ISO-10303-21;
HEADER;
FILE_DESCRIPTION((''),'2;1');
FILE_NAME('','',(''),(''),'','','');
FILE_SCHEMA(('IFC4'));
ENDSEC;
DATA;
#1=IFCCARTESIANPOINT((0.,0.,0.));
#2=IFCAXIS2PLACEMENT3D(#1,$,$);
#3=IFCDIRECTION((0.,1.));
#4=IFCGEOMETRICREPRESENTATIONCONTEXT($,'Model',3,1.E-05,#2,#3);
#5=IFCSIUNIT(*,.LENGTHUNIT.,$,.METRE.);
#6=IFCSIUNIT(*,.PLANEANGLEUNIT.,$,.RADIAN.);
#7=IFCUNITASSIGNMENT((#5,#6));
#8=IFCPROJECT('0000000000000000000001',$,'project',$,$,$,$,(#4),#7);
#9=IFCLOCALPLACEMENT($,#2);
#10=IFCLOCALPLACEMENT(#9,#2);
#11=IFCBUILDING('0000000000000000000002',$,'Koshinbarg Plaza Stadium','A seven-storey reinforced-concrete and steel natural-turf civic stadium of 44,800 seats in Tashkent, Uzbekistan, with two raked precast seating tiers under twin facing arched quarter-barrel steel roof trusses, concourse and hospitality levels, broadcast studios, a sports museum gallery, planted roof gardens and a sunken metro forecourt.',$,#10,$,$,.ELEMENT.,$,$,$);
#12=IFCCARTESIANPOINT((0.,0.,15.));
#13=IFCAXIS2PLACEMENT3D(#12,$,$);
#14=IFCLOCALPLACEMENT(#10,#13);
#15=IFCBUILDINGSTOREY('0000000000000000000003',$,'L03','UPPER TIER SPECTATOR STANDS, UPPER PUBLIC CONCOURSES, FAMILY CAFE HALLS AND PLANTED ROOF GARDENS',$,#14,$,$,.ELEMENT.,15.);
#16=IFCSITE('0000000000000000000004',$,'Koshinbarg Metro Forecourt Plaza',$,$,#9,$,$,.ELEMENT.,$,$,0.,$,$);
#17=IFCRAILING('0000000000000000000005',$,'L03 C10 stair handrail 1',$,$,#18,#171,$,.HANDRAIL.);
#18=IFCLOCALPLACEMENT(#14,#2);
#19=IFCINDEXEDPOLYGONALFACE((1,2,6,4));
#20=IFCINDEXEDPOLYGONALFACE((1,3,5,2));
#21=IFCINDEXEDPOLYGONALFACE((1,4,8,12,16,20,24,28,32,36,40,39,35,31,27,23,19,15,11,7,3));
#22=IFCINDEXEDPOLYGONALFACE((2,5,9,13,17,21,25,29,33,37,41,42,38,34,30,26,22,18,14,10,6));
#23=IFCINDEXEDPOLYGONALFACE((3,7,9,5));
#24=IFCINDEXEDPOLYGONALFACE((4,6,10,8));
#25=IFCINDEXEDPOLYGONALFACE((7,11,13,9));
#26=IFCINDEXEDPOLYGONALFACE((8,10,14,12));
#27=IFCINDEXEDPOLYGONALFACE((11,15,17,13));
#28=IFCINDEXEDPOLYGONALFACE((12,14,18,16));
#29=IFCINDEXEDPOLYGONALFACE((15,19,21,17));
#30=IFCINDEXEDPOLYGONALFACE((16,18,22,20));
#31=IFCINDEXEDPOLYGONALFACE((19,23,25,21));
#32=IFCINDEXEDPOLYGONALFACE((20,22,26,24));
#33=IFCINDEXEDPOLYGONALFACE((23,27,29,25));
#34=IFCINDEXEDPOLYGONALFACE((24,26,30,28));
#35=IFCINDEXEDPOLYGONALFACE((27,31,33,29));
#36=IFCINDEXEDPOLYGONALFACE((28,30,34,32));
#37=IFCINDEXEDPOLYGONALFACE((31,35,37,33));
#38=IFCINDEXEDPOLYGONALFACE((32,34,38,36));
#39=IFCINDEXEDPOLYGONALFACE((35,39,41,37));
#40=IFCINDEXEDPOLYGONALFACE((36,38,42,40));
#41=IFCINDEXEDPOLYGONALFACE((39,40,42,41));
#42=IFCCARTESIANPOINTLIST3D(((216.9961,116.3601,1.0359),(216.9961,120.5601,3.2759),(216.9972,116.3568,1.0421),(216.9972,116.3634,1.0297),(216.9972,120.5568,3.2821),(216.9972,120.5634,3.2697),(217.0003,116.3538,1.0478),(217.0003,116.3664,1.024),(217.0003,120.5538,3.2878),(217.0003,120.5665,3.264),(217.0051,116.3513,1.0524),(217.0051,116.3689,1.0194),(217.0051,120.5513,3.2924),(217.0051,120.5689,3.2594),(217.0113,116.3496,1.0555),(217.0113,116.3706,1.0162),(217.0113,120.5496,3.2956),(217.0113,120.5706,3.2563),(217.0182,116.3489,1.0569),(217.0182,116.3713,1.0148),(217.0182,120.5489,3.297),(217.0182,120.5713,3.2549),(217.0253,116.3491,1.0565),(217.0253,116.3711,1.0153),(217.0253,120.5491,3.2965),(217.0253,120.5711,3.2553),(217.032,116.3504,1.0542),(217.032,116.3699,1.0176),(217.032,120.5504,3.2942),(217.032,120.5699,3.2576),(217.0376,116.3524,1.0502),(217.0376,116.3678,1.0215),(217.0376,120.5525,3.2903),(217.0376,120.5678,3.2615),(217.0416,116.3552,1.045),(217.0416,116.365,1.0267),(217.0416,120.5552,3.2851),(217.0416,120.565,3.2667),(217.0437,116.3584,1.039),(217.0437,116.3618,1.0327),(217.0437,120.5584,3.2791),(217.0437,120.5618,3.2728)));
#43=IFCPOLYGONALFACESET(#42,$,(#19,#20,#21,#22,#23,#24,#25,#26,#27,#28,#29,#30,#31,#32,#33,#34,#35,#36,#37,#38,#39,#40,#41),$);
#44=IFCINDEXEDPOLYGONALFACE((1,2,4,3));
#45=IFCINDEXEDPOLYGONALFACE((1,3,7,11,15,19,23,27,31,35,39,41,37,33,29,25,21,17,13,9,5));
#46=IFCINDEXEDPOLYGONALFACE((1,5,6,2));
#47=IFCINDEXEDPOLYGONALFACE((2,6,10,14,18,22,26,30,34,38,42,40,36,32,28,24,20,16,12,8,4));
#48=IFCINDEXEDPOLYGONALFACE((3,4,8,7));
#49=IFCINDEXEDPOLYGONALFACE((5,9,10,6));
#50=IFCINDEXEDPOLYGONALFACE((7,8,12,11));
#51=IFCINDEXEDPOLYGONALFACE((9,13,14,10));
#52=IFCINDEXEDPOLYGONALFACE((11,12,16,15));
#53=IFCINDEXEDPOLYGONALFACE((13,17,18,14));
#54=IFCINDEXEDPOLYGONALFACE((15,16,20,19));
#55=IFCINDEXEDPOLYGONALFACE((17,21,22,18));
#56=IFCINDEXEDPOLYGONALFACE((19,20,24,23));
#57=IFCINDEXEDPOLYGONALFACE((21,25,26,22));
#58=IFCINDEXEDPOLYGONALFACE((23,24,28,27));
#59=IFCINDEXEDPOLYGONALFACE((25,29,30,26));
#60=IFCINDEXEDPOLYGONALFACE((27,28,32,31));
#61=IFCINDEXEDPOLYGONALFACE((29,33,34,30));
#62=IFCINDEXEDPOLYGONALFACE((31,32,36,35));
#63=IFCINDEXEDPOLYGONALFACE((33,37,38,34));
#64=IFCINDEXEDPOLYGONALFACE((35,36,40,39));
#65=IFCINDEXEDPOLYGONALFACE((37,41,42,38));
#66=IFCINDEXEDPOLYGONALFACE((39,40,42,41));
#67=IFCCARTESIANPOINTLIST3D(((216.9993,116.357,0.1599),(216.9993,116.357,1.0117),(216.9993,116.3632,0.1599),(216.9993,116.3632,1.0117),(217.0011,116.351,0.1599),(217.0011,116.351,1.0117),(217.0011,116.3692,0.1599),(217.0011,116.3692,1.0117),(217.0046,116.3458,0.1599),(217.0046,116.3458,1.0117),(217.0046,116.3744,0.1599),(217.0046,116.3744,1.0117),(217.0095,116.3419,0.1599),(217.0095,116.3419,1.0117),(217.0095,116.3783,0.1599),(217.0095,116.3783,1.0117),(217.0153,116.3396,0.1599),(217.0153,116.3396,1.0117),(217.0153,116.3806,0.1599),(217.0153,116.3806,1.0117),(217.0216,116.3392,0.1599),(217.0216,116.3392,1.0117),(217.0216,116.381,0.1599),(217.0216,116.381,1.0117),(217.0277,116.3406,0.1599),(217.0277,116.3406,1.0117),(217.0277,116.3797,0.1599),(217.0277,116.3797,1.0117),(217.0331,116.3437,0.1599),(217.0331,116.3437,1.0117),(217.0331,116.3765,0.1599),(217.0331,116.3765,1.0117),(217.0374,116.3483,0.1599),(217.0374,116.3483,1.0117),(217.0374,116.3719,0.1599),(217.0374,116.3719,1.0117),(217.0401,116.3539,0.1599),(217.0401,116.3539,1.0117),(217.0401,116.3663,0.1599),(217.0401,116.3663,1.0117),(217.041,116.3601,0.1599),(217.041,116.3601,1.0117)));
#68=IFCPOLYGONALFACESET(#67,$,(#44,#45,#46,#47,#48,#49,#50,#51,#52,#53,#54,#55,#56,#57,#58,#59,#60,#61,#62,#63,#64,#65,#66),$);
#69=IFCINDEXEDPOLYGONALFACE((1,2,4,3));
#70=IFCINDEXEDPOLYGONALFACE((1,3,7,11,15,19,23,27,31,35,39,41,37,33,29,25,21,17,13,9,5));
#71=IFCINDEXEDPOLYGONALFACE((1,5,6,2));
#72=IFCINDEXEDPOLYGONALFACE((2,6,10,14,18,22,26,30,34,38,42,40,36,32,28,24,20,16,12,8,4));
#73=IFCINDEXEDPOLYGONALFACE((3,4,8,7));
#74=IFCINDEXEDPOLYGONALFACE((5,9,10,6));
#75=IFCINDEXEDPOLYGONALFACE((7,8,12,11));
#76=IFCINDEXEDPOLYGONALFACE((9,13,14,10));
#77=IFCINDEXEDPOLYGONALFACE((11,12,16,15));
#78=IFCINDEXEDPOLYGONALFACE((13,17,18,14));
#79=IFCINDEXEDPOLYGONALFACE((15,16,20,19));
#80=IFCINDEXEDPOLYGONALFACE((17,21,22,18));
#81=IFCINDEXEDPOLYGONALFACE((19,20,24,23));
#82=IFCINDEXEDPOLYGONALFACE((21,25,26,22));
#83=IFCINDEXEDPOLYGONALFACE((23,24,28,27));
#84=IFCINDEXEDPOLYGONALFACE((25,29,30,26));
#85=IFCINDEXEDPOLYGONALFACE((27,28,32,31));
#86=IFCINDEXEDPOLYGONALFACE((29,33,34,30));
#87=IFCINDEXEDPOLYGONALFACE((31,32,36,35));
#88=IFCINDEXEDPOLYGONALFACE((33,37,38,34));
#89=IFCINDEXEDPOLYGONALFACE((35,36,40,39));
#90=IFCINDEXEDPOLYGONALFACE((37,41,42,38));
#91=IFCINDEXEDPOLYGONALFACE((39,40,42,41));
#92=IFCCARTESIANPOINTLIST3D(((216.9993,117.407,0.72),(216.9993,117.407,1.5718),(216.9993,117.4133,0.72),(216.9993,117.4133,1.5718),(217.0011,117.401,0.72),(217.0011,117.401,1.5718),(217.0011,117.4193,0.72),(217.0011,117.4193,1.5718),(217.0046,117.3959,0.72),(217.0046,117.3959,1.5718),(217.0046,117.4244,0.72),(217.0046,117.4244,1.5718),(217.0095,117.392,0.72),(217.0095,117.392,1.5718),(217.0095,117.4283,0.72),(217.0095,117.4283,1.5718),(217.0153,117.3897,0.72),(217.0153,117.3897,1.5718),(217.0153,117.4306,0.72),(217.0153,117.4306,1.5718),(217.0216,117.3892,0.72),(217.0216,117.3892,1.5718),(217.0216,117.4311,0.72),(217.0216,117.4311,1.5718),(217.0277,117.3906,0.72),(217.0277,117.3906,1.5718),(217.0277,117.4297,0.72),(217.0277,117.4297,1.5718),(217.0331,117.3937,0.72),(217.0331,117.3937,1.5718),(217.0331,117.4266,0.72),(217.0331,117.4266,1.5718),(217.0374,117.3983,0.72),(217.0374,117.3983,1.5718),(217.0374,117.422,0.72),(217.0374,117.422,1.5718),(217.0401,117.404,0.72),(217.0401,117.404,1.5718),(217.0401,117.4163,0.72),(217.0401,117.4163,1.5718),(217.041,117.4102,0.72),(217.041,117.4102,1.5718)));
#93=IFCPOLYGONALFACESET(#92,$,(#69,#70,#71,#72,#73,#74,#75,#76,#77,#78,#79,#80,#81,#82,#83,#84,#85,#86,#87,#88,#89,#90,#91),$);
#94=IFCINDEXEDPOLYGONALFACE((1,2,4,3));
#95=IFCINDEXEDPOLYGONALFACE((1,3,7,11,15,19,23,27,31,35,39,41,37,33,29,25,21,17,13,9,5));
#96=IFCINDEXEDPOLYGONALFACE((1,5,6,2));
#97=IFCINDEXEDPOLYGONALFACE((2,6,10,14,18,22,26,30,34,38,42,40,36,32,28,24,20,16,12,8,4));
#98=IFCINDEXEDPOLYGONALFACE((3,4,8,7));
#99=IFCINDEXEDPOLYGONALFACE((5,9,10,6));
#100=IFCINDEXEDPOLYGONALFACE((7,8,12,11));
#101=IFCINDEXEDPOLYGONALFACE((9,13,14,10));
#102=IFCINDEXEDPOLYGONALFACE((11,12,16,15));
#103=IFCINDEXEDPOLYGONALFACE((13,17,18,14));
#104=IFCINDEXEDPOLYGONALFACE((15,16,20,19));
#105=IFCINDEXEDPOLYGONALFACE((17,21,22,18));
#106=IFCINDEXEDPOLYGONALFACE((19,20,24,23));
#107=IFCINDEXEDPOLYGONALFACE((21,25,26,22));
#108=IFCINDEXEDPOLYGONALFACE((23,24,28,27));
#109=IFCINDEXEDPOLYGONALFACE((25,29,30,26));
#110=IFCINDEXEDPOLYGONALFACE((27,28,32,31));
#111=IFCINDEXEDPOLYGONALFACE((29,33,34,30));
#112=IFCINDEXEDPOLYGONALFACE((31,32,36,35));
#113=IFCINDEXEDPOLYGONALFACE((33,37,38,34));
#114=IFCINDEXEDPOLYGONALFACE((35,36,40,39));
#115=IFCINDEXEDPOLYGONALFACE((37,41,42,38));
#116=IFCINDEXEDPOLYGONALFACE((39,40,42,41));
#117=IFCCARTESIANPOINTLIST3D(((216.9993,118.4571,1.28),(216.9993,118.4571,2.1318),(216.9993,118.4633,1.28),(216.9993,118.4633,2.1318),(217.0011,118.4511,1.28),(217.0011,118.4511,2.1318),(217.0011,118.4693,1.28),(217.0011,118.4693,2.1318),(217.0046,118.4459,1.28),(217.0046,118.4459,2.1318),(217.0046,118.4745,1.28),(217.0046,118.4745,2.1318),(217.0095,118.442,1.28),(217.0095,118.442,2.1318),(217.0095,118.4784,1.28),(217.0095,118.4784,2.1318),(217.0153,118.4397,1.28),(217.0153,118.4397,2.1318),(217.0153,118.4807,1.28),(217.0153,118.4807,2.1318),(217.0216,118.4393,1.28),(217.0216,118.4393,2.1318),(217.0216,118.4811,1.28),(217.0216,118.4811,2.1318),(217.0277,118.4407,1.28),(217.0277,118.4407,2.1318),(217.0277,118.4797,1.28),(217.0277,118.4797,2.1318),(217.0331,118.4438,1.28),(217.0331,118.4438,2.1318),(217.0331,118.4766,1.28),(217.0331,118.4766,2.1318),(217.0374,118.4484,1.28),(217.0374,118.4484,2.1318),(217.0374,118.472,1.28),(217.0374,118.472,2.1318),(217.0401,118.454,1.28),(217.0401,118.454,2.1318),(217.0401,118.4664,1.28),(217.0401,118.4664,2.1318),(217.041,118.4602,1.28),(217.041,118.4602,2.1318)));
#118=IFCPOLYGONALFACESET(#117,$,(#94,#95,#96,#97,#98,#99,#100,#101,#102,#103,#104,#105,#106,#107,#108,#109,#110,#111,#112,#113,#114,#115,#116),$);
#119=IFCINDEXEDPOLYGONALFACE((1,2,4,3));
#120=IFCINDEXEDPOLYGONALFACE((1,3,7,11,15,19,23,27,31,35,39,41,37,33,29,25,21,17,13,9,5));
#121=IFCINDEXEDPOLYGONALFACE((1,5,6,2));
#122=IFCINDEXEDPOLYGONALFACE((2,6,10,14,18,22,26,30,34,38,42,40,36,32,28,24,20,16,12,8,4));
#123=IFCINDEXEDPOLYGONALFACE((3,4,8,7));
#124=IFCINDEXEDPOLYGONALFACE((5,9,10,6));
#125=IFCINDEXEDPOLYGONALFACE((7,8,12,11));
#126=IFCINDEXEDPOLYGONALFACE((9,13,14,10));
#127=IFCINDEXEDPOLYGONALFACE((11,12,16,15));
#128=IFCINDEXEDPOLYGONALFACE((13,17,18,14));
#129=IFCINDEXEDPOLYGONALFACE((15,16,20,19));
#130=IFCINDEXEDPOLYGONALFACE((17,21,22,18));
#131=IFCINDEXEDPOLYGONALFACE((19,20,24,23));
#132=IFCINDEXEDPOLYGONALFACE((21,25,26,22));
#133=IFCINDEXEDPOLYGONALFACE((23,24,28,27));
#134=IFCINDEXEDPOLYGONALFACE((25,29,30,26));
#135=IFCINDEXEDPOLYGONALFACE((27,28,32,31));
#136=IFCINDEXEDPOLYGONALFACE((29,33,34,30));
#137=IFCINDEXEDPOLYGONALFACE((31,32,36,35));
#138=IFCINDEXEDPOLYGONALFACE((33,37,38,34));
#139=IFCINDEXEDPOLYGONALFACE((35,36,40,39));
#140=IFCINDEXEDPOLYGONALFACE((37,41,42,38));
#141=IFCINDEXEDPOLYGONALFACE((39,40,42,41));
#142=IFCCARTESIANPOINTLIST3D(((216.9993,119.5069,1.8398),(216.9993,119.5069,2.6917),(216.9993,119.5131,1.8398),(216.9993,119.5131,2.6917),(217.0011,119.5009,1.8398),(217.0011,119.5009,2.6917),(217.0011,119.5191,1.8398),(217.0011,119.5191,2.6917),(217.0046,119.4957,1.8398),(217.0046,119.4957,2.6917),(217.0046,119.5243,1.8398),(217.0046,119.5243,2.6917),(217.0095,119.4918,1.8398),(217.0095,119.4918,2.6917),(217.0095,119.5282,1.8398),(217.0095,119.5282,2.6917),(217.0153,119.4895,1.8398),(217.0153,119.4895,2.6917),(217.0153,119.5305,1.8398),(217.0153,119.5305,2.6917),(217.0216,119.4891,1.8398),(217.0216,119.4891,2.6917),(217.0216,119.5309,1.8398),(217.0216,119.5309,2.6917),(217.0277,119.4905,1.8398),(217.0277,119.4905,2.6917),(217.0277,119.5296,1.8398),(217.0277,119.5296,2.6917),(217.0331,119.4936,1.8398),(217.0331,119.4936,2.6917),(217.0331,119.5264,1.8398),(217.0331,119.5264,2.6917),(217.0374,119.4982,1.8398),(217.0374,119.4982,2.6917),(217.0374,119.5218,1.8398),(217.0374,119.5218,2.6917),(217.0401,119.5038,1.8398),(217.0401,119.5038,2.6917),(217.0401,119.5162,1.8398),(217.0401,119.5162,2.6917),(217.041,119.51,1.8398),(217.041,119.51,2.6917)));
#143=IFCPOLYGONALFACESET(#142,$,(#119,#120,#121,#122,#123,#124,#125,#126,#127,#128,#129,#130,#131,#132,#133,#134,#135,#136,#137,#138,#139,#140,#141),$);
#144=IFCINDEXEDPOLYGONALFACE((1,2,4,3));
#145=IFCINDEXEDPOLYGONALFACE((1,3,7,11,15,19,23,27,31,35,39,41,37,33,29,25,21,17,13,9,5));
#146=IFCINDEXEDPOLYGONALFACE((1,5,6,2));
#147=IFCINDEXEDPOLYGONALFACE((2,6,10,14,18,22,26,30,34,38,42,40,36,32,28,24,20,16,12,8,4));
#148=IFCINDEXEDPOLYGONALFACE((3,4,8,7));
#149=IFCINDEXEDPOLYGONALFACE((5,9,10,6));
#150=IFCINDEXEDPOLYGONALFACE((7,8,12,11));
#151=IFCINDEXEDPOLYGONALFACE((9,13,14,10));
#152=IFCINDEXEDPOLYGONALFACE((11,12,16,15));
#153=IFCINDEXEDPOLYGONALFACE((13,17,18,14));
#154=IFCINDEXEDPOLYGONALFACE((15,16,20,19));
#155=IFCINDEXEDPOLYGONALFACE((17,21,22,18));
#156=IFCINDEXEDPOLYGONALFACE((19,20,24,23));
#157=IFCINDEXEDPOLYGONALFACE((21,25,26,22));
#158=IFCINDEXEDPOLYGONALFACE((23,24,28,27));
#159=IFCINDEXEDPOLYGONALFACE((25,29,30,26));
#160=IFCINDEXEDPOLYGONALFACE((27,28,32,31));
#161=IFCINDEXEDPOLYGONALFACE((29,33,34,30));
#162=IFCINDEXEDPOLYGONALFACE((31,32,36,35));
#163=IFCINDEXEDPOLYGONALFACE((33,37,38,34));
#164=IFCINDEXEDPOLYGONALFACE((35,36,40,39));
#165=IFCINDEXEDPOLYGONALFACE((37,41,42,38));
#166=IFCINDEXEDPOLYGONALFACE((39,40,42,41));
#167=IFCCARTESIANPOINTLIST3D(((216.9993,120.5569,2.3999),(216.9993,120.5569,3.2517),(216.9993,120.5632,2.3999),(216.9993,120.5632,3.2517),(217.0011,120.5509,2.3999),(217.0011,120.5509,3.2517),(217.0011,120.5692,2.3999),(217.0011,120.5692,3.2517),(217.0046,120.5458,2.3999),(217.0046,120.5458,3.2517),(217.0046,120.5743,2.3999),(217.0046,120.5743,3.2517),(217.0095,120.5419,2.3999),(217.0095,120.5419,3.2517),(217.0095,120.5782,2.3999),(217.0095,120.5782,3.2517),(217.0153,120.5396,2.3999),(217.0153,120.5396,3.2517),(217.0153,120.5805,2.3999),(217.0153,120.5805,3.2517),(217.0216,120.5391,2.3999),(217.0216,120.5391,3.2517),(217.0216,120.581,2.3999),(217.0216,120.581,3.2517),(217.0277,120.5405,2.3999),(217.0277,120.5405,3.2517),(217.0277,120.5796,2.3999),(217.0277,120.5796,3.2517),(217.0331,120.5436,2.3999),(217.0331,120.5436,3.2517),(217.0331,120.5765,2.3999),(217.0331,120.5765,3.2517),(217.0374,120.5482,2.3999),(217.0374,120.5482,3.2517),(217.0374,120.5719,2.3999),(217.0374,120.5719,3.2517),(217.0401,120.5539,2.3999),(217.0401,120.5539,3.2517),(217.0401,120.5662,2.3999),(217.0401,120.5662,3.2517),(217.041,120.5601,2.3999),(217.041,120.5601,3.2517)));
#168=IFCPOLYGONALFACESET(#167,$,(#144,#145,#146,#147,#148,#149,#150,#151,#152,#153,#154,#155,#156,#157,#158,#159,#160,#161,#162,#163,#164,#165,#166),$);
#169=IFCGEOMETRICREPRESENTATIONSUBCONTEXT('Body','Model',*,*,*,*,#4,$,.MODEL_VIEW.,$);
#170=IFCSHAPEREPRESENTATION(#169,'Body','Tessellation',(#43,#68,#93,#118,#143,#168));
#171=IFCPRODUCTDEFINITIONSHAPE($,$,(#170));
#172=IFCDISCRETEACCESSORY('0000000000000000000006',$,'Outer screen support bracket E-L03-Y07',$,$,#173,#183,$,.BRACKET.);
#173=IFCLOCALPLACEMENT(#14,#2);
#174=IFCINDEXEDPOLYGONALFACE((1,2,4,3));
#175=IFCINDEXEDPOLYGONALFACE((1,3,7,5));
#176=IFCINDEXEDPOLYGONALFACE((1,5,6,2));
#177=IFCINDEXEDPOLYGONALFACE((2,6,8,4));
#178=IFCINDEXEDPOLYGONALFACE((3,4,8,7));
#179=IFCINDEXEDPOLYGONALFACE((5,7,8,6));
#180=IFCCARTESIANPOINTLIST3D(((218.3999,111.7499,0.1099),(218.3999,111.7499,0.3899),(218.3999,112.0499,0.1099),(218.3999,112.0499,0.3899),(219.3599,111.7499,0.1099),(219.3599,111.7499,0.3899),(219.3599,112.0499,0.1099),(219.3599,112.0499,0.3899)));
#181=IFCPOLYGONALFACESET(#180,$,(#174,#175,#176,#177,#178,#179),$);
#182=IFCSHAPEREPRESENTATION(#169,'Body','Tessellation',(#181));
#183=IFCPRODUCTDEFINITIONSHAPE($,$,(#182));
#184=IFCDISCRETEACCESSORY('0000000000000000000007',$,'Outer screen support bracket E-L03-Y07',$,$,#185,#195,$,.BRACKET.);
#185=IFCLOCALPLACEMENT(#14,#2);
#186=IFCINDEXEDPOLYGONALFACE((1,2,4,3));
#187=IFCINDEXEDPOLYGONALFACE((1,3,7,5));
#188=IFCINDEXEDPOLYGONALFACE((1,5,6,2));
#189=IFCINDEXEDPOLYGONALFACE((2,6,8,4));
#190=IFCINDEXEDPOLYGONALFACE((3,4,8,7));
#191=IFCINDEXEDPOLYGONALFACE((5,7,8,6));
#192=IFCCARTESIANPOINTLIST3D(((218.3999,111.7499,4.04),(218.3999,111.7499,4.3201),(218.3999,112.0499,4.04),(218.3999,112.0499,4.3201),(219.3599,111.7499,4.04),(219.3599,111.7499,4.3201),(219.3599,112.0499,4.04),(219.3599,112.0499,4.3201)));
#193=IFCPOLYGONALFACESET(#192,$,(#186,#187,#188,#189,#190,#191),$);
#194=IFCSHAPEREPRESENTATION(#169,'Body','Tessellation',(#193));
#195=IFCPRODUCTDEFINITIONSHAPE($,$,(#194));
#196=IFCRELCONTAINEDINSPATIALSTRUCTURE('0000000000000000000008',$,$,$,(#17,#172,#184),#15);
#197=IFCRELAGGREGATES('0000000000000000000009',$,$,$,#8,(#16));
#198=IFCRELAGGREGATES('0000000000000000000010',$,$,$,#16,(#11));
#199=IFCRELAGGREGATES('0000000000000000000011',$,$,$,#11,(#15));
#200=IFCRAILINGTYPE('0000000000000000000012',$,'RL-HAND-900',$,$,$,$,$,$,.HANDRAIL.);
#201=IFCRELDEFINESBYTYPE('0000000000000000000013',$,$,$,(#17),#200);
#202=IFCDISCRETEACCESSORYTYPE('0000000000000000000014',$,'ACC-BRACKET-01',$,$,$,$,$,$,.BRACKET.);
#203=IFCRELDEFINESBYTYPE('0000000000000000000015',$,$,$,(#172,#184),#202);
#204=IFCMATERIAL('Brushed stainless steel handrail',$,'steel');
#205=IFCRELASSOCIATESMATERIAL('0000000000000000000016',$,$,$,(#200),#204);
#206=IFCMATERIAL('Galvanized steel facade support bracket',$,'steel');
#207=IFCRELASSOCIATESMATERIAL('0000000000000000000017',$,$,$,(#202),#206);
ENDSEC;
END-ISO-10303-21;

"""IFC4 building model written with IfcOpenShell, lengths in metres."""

from ifc_helpers import new_model, si_unit, direction, frame, origin, origin_2d, place, context, subcontext, project, spatial, rectangle, circle, extrude, material, type_object, element, save


model = new_model("IFC4")

# Units and contexts
model_context = context("Model", 3, precision=1e-05, world=origin(), true_north=direction((0.0, 1.0)))
body_context = subcontext(model_context, "Body", "Model", "MODEL_VIEW")
ifc_project = project(units=[si_unit("LENGTHUNIT", "METRE"), si_unit("PLANEANGLEUNIT", "RADIAN")], contexts=[model_context])

# Site, building, storey
site_placement = place(None, origin())
site = spatial("IfcSite", under=ifc_project, at=site_placement, Name="Koshinbarg Metro Forecourt Plaza", CompositionType="ELEMENT", RefElevation=0.0)
building_placement = place(site_placement, origin())
building = spatial("IfcBuilding", under=site, at=building_placement, Name="Koshinbarg Plaza Stadium", Description="A seven-storey reinforced-concrete and steel natural-turf civic stadium of 44,800 seats in Tashkent, Uzbekistan, with two raked precast seating tiers under twin facing arched quarter-barrel steel roof trusses, concourse and hospitality levels, broadcast studios, a sports museum gallery, planted roof gardens and a sunken metro forecourt.", CompositionType="ELEMENT")
storey_placement = place(building_placement, frame((0.0, 0.0, 15.0)))
storey = spatial("IfcBuildingStorey", under=building, at=storey_placement, Name="L03", Description="UPPER TIER SPECTATOR STANDS, UPPER PUBLIC CONCOURSES, FAMILY CAFE HALLS AND PLANTED ROOF GARDENS", CompositionType="ELEMENT", Elevation=15.0)

# Railing
ifc_material_1 = material(Name="Brushed stainless steel handrail", Category="steel")
railing_type_1 = type_object("IfcRailingType", Name="RL-HAND-900", PredefinedType="HANDRAIL", material=ifc_material_1)
railing_1_placement = place(storey_placement, frame((217.02, 116.3601, 0.1599)))
element("IfcRailing", 1, at=railing_1_placement, inside=storey, type_object=railing_type_1, Name="L03 C10 stair handrail 1", PredefinedType="HANDRAIL", context=body_context, shape_type="SweptSolid", body=[
    extrude(circle(Radius=0.0239, at=origin_2d()), frame((0.0, 0.0, 0.876), z_axis=(0.0, 0.882352, 0.470591), x_axis=(-1.0, 0.0, 0.0)), (0.0, 0.0, 1.0), 4.76),
    extrude(circle(Radius=0.021, at=origin_2d()), origin(), (0.0, 0.0, 1.0), 0.8518),
    extrude(circle(Radius=0.021, at=origin_2d()), frame((0.0, 1.05, 0.5601)), (0.0, 0.0, 1.0), 0.8518),
    extrude(circle(Radius=0.021, at=origin_2d()), frame((0.0, 2.1001, 1.1201)), (0.0, 0.0, 1.0), 0.8518),
    extrude(circle(Radius=0.021, at=origin_2d()), frame((0.0, 3.1499, 1.6799)), (0.0, 0.0, 1.0), 0.8518),
    extrude(circle(Radius=0.021, at=origin_2d()), frame((0.0, 4.2, 2.24)), (0.0, 0.0, 1.0), 0.8518),
])

# Discrete accessories
ifc_material_2 = material(Name="Galvanized steel facade support bracket", Category="steel")
discrete_accessory_type = type_object("IfcDiscreteAccessoryType", Name="ACC-BRACKET-01", PredefinedType="BRACKET", material=ifc_material_2)
for number, where, z_axis, x_axis, name in (
    (2, (218.8799, 111.8999, 0.1099), (0.0, 0.0, 1.0), (1.0, 0.0, 0.0), "Outer screen support bracket E-L03-Y07"),
    (3, (218.8799, 111.8999, 4.04), (0.0, 0.0, 1.0), (1.0, 0.0, 0.0), "Outer screen support bracket E-L03-Y07"),
):
    element("IfcDiscreteAccessory", number, at=place(storey_placement, frame(where, z_axis=z_axis, x_axis=x_axis)), inside=storey, type_object=discrete_accessory_type, Name=name, PredefinedType="BRACKET", context=body_context, shape_type="SweptSolid", body=[
        extrude(rectangle(XDim=0.96, YDim=0.3, at=origin_2d()), origin(), (0.0, 0.0, 1.0), 0.28),
    ])

save(model, "model.ifc")
